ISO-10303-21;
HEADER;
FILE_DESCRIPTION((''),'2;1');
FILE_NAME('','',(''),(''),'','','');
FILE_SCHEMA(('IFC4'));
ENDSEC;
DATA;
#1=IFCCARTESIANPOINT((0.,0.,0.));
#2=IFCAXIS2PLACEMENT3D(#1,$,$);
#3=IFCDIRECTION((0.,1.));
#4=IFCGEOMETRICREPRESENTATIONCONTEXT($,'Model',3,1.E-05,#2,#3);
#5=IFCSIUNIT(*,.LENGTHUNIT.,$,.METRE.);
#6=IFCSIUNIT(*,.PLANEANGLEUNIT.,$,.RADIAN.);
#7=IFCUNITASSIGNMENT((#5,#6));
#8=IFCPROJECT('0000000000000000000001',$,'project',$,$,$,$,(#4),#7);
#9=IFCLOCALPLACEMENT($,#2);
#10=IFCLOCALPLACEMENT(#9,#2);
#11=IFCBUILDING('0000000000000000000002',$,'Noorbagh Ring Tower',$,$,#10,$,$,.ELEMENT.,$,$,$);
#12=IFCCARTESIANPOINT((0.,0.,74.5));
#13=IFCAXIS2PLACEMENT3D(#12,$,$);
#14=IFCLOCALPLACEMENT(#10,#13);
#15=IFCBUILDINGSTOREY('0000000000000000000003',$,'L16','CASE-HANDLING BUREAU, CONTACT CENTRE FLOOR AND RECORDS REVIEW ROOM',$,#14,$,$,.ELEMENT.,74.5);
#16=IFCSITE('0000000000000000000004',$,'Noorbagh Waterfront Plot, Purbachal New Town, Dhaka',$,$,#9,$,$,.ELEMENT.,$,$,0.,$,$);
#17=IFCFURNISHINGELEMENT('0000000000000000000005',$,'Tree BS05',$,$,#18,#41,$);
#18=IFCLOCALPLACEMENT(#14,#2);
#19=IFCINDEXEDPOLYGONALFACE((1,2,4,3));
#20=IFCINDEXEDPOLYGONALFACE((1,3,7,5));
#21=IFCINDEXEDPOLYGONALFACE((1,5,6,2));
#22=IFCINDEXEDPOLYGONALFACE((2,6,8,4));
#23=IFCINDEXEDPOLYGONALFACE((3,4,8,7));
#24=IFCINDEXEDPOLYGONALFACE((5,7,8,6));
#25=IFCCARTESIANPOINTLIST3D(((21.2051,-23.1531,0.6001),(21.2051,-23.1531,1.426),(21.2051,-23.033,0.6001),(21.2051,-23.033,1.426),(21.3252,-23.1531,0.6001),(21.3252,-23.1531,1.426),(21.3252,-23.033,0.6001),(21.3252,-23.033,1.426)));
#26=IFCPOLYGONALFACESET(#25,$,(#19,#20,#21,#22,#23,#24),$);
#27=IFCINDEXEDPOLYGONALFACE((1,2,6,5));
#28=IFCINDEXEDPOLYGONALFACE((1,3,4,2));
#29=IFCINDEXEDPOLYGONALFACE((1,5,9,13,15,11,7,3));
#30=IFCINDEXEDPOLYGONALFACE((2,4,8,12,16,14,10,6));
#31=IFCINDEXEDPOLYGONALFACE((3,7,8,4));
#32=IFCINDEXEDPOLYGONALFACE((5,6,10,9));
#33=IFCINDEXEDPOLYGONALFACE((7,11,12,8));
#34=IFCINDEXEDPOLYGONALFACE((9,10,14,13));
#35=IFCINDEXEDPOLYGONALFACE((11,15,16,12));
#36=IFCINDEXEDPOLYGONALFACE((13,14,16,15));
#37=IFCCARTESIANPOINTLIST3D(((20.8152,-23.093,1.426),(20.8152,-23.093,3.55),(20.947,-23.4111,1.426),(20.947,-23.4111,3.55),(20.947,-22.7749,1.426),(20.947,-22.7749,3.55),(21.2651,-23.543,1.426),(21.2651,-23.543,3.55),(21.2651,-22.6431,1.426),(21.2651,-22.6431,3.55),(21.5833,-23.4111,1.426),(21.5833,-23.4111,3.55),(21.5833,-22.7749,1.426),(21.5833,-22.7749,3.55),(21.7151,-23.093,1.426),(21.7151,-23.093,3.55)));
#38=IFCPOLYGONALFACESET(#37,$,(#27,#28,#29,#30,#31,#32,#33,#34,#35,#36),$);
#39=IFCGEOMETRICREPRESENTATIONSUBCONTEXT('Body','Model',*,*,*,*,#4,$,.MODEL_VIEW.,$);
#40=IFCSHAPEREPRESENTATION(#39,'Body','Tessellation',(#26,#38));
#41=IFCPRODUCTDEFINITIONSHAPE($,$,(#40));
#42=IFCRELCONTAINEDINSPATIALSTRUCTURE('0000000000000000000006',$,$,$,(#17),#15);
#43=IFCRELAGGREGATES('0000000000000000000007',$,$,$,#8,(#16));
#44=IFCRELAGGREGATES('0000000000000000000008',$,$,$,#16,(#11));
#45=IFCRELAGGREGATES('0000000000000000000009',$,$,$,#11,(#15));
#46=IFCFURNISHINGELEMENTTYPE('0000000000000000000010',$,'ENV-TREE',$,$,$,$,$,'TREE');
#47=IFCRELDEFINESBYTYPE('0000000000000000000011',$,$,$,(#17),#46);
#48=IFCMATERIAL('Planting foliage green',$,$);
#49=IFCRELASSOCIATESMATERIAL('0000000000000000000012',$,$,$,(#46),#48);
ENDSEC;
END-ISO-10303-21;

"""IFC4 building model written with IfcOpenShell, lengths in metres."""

from ifc_helpers import new_model, si_unit, direction, frame, origin, origin_2d, place, context, subcontext, project, spatial, polyline, rectangle, outline, extrude, material, type_object, element, save


model = new_model("IFC4")

# Units and contexts
model_context = context("Model", 3, precision=1e-05, world=origin(), true_north=direction((0.0, 1.0)))
body_context = subcontext(model_context, "Body", "Model", "MODEL_VIEW")
ifc_project = project(units=[si_unit("LENGTHUNIT", "METRE"), si_unit("PLANEANGLEUNIT", "RADIAN")], contexts=[model_context])

# Site, building, storey
site_placement = place(None, origin())
site = spatial("IfcSite", under=ifc_project, at=site_placement, Name="Noorbagh Waterfront Plot, Purbachal New Town, Dhaka", CompositionType="ELEMENT", RefElevation=0.0)
building_placement = place(site_placement, origin())
building = spatial("IfcBuilding", under=site, at=building_placement, Name="Noorbagh Ring Tower", CompositionType="ELEMENT")
storey_placement = place(building_placement, frame((0.0, 0.0, 74.5)))
storey = spatial("IfcBuildingStorey", under=building, at=storey_placement, Name="L16", Description="CASE-HANDLING BUREAU, CONTACT CENTRE FLOOR AND RECORDS REVIEW ROOM", CompositionType="ELEMENT", Elevation=74.5)

# Furnishing element
ifc_material_1 = material(Name="Planting foliage green")
furnishing_element_type = type_object("IfcFurnishingElementType", Name="ENV-TREE", ElementType="TREE", material=ifc_material_1)
furnishing_placement = place(storey_placement, frame((21.2651, -23.093, 0.6001), z_axis=(0.0, 0.0, 1.0), x_axis=(1.0, 0.0, 0.0)))
element("IfcFurnishingElement", 1, at=furnishing_placement, inside=storey, type_object=furnishing_element_type, Name="Tree BS05", context=body_context, shape_type="SweptSolid", body=[
    extrude(rectangle(XDim=0.1201, YDim=0.1201, at=origin_2d()), origin(), (0.0, 0.0, 1.0), 0.8259),
    extrude(outline(polyline([(0.45, 0.0), (0.3181, 0.3181), (0.0, 0.45), (-0.3181, 0.3181), (-0.45, 0.0), (-0.3181, -0.3181), (0.0, -0.45), (0.3181, -0.3181), (0.45, 0.0)])), frame((0.0, 0.0, 0.8259)), (0.0, 0.0, 1.0), 2.124),
])

save(model, "model.ifc")
